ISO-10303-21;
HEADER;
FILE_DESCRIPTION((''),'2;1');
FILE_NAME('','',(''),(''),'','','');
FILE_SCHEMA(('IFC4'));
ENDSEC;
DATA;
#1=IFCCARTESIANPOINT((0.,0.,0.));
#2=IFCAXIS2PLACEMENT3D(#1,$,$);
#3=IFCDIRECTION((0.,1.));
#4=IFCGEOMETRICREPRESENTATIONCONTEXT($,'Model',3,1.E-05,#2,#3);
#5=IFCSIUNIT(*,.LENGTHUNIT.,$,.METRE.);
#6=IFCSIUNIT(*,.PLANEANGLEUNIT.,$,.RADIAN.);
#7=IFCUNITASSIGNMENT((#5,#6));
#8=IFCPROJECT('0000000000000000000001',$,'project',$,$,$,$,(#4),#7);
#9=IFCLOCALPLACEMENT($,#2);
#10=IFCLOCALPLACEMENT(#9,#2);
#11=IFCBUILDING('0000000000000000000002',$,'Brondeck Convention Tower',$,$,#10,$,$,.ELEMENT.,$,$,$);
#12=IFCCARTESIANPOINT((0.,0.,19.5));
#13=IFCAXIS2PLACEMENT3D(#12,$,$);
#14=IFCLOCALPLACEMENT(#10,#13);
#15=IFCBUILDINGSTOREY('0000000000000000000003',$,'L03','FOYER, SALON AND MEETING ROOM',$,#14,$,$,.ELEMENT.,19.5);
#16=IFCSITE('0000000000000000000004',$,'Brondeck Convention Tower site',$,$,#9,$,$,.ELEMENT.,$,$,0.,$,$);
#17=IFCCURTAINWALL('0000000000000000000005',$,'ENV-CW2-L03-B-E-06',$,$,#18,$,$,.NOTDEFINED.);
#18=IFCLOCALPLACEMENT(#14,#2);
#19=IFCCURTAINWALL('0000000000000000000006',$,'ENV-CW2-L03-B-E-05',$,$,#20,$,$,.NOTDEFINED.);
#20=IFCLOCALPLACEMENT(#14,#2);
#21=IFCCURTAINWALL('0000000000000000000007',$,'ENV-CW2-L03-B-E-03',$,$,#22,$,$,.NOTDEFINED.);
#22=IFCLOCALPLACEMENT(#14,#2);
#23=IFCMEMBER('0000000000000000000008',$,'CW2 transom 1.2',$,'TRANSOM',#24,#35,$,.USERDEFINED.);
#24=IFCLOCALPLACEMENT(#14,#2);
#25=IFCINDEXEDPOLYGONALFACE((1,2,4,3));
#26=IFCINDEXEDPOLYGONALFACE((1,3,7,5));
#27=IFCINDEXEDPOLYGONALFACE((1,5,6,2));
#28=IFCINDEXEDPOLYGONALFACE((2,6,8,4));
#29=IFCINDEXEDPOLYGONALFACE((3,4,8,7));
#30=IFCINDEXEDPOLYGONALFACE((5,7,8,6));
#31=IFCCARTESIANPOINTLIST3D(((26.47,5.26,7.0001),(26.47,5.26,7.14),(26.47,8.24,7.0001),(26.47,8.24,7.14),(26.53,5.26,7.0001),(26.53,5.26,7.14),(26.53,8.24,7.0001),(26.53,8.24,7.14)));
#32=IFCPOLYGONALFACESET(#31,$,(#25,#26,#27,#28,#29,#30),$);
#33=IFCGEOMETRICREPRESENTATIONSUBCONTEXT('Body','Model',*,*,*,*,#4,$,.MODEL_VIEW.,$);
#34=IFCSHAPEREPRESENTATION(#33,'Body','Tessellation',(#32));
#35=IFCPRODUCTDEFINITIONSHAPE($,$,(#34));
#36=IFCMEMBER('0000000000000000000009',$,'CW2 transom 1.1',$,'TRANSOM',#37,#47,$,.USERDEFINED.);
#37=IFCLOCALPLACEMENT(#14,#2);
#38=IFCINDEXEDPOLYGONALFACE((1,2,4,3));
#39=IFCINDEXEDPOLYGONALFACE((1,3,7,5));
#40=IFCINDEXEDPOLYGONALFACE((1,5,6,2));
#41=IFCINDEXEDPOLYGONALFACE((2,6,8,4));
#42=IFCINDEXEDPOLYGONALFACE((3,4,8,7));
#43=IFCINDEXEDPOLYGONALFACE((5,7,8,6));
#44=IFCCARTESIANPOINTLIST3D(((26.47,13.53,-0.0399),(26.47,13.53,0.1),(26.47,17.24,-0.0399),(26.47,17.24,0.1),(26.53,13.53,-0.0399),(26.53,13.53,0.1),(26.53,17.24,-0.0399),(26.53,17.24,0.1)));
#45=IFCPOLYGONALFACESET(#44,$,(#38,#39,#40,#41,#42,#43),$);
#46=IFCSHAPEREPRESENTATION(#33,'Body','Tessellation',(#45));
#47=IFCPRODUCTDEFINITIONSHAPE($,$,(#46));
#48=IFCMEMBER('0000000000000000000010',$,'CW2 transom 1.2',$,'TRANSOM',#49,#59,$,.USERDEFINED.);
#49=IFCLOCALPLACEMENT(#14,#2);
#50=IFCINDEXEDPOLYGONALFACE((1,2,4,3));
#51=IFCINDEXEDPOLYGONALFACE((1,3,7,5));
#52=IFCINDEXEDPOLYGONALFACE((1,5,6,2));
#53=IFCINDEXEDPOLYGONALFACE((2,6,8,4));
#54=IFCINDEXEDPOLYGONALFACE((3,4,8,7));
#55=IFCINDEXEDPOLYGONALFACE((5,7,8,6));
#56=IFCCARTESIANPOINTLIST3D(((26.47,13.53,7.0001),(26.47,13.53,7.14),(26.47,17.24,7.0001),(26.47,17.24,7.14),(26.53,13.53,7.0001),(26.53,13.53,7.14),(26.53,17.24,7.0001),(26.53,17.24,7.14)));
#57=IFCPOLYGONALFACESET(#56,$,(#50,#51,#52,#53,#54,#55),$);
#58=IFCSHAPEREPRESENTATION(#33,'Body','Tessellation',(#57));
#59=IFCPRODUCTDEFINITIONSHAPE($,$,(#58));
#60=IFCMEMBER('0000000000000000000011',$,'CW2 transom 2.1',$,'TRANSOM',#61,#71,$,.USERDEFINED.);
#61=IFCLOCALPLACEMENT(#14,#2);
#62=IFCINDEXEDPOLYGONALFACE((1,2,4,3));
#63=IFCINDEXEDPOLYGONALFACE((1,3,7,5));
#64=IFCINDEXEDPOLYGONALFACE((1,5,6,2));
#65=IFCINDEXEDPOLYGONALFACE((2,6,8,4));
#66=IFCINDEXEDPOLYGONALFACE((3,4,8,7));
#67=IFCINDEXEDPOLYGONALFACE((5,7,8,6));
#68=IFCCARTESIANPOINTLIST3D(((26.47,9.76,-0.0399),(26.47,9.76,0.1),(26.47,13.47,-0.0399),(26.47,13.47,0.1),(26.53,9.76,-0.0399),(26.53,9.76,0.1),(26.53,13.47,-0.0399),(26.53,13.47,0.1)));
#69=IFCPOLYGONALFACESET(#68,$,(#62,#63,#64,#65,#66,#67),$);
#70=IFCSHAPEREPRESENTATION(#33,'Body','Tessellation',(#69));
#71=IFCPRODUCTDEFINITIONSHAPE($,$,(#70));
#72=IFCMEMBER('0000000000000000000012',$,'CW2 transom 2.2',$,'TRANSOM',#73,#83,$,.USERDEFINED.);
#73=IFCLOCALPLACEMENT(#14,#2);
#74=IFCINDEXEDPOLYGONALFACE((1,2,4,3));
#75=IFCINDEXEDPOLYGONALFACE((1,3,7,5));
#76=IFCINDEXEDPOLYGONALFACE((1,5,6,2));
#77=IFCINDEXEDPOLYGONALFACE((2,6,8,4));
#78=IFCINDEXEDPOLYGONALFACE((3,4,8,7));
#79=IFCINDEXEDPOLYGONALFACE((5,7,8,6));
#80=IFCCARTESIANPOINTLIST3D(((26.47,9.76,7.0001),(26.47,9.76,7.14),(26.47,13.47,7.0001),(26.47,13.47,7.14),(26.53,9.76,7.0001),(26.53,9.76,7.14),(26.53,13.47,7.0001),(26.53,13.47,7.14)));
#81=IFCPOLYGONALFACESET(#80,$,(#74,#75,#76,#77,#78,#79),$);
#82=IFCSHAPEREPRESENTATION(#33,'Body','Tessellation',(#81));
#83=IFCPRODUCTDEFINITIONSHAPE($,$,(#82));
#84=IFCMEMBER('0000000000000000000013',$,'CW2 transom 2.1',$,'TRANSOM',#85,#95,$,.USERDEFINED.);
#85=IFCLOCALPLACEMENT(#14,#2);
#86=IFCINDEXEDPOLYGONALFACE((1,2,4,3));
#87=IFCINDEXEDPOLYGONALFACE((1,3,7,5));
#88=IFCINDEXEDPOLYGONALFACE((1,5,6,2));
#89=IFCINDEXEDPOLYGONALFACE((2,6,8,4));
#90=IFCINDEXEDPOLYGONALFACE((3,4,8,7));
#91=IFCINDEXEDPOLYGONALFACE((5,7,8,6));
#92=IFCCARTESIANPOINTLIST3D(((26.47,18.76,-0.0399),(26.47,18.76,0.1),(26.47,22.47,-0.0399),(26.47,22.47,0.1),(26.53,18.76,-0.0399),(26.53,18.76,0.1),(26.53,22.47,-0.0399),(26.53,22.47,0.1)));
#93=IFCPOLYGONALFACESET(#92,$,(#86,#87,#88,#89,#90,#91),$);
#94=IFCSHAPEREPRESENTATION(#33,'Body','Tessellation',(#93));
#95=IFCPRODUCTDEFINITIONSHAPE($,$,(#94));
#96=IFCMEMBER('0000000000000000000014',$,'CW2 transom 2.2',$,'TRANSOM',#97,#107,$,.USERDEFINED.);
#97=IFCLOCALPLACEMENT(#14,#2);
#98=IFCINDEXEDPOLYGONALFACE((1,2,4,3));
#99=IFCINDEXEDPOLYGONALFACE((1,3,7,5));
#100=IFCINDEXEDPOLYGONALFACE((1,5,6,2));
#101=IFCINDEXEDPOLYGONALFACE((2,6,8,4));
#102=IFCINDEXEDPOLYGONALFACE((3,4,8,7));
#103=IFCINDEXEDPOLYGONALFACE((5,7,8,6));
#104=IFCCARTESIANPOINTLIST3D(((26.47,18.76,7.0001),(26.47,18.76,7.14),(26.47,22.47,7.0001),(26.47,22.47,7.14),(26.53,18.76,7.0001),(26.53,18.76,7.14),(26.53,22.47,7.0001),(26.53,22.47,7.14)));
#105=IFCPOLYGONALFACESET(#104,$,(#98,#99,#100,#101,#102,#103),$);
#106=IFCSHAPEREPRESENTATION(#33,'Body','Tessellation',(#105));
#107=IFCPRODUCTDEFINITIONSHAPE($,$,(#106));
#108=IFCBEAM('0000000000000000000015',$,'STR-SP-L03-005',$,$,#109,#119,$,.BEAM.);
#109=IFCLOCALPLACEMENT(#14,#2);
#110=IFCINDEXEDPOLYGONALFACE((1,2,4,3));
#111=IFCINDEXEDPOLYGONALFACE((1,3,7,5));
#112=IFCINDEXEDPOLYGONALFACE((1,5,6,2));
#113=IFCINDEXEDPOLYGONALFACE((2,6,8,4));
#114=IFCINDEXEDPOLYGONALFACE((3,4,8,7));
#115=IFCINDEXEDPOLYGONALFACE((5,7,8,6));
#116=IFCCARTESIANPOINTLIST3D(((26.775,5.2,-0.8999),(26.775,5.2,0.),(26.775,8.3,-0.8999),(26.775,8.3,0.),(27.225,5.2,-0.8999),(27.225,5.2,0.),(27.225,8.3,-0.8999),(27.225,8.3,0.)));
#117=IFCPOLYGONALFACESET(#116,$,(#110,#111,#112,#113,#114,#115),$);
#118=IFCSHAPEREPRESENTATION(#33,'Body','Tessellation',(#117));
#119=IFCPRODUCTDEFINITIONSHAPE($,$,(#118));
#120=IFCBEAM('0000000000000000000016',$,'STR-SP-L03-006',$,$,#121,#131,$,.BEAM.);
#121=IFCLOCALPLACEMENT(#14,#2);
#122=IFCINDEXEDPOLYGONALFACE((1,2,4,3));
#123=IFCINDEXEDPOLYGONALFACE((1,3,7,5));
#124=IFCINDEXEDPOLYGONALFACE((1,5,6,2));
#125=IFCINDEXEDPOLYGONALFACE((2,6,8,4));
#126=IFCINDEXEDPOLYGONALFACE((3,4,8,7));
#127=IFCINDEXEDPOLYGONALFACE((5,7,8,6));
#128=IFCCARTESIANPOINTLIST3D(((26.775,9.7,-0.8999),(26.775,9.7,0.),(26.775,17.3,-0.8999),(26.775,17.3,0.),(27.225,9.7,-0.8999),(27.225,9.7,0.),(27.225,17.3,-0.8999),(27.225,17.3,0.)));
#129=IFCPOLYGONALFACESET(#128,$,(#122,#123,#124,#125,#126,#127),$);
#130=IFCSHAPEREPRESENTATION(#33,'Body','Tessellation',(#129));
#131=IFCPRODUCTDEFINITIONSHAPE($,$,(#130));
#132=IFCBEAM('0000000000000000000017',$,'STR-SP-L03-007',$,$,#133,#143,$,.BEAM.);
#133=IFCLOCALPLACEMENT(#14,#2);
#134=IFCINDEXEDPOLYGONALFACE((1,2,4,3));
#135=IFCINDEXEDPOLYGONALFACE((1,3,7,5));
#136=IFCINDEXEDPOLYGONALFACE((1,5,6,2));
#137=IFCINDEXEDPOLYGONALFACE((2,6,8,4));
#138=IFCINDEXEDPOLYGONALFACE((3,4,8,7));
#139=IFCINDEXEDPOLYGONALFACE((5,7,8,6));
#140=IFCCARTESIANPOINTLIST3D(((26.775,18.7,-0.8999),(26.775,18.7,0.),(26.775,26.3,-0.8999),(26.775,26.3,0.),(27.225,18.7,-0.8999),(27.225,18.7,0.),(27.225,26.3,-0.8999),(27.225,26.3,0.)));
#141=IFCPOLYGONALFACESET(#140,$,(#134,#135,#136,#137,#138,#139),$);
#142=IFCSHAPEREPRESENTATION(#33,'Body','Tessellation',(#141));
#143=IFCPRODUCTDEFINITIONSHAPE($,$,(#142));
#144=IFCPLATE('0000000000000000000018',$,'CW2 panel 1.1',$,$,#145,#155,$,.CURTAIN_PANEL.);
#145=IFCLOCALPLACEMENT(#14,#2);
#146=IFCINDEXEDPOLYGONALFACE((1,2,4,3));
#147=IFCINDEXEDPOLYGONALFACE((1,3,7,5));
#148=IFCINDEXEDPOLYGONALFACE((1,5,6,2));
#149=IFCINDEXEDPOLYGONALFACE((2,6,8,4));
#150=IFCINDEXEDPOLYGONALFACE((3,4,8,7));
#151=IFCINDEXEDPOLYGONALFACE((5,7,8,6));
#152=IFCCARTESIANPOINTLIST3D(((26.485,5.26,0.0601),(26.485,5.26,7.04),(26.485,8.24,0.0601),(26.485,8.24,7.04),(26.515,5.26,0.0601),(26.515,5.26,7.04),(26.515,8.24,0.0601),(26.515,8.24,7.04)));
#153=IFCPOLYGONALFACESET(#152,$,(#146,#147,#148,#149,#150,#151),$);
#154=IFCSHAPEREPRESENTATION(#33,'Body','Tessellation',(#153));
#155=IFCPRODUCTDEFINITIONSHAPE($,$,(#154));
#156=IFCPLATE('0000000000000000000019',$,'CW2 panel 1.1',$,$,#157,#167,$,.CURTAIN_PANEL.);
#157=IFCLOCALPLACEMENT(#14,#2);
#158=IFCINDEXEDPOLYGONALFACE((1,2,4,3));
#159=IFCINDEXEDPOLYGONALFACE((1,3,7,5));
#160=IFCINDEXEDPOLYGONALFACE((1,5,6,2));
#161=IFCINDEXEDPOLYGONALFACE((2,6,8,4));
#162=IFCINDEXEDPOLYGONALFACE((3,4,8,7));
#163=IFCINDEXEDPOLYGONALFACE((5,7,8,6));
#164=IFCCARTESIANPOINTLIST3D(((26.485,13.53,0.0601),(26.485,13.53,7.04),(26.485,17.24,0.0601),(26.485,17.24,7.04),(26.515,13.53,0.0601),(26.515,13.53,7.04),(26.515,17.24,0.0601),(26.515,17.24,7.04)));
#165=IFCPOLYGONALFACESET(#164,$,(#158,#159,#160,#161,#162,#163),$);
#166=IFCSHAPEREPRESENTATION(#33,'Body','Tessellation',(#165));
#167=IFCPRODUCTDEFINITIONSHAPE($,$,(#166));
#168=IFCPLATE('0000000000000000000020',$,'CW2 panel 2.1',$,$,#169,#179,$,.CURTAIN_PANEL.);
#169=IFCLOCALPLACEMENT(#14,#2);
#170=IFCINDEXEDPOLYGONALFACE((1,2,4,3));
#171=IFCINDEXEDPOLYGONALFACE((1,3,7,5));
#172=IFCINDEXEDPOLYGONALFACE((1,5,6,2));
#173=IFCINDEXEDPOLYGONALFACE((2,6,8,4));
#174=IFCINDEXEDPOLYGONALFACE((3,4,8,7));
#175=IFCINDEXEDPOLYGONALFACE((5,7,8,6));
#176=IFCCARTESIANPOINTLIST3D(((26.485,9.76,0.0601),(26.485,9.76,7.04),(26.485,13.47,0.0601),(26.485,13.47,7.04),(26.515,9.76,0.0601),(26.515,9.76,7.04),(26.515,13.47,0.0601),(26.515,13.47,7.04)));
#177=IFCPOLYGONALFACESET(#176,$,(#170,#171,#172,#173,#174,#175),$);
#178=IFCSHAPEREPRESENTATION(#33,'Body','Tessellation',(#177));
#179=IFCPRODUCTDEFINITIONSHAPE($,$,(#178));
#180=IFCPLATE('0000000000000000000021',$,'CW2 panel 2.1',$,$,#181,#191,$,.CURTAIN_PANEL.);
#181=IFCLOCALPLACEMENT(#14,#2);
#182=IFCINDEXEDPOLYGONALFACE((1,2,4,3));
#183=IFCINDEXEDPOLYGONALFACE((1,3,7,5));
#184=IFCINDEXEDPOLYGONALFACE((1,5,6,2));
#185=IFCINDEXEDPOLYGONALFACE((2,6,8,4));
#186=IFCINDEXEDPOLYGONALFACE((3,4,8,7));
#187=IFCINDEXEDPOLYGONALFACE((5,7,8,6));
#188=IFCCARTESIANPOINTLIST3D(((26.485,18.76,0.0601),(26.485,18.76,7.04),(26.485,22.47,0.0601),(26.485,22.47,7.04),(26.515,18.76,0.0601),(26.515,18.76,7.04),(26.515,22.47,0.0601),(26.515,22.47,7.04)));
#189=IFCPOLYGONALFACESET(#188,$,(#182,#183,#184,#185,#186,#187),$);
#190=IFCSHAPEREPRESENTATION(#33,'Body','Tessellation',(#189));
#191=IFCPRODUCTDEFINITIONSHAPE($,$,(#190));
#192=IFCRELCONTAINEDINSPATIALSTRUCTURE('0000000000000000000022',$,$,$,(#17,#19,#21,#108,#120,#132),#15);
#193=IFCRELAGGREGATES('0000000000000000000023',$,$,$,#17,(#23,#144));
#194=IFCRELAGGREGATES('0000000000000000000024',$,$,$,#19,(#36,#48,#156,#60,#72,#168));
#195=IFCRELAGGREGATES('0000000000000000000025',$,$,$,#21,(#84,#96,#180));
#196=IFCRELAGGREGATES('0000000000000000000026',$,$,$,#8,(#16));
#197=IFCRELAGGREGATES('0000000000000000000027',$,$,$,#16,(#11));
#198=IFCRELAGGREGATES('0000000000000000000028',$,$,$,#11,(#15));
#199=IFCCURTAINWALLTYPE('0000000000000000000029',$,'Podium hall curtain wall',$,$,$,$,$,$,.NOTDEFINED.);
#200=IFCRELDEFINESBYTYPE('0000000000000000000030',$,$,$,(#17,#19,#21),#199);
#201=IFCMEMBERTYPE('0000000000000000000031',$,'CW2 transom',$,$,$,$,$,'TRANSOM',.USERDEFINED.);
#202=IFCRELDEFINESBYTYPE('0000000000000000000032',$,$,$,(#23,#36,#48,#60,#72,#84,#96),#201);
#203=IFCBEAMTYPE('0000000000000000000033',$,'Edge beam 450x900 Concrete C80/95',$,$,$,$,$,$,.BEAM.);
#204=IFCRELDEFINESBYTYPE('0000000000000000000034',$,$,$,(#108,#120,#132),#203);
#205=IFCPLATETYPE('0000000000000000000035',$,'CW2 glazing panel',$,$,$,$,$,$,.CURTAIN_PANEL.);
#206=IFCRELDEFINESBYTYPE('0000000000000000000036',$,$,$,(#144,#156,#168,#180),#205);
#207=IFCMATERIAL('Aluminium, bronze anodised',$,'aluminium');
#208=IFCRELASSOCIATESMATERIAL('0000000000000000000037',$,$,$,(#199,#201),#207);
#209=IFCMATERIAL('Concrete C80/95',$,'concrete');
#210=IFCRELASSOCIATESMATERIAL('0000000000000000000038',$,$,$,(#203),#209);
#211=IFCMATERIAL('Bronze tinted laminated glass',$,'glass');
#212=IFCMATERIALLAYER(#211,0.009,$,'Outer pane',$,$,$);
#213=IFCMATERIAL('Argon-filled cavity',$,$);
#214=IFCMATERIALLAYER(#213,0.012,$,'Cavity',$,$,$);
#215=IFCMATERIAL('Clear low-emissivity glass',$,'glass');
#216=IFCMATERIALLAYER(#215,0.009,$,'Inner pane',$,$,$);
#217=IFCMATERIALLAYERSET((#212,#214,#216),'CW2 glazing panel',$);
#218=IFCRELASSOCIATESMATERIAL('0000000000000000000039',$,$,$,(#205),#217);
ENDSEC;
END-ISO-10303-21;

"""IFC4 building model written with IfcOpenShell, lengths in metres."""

from ifc_helpers import new_model, si_unit, direction, frame, origin, origin_2d, place, context, subcontext, project, spatial, rectangle, extrude, material, layer, layer_set, material_profile, profile_set, type_object, element, aggregate, save


model = new_model("IFC4")

# Units and contexts
model_context = context("Model", 3, precision=1e-05, world=origin(), true_north=direction((0.0, 1.0)))
body_context = subcontext(model_context, "Body", "Model", "MODEL_VIEW")
ifc_project = project(units=[si_unit("LENGTHUNIT", "METRE"), si_unit("PLANEANGLEUNIT", "RADIAN")], contexts=[model_context])

# Site, building, storey
site_placement = place(None, origin())
site = spatial("IfcSite", under=ifc_project, at=site_placement, Name="Brondeck Convention Tower site", CompositionType="ELEMENT", RefElevation=0.0)
building_placement = place(site_placement, origin())
building = spatial("IfcBuilding", under=site, at=building_placement, Name="Brondeck Convention Tower", CompositionType="ELEMENT")
storey_placement = place(building_placement, frame((0.0, 0.0, 19.5)))
storey = spatial("IfcBuildingStorey", under=building, at=storey_placement, Name="L03", Description="FOYER, SALON AND MEETING ROOM", CompositionType="ELEMENT", Elevation=19.5)

# Shared definitions
ifc_material_1 = material(Name="Concrete C80/95", Category="concrete")

# Curtain walls
ifc_material_2 = material(Name="Aluminium, bronze anodised", Category="aluminium")
curtain_wall_type = type_object("IfcCurtainWallType", Name="Podium hall curtain wall", PredefinedType="NOTDEFINED", material=ifc_material_2)
curtain_wall_1_placement = place(storey_placement, origin())
curtain_wall_1 = element("IfcCurtainWall", 1, at=curtain_wall_1_placement, inside=storey, type_object=curtain_wall_type, Name="ENV-CW2-L03-B-E-06", PredefinedType="NOTDEFINED")
curtain_wall_2_placement = place(storey_placement, origin())
curtain_wall_2 = element("IfcCurtainWall", 2, at=curtain_wall_2_placement, inside=storey, type_object=curtain_wall_type, Name="ENV-CW2-L03-B-E-05", PredefinedType="NOTDEFINED")
curtain_wall_3_placement = place(storey_placement, origin())
curtain_wall_3 = element("IfcCurtainWall", 3, at=curtain_wall_3_placement, inside=storey, type_object=curtain_wall_type, Name="ENV-CW2-L03-B-E-03", PredefinedType="NOTDEFINED")

# Members
ifc_material_profile_1 = material_profile(ifc_material_2, rectangle(XDim=0.0601, YDim=0.1399, at=origin_2d()), Name="CW2 transom")
ifc_profile_set_1 = profile_set([ifc_material_profile_1], Name="Aluminium, bronze anodised")
member_type_1 = type_object("IfcMemberType", Name="CW2 transom", ElementType="TRANSOM", PredefinedType="USERDEFINED", material=ifc_profile_set_1)
member_1_placement = place(storey_placement, frame((26.5, 8.24, 7.0701), z_axis=(0.0, -1.0, 0.0), x_axis=(1.0, 0.0, 0.0)))
member_1 = element("IfcMember", 4, at=member_1_placement, type_object=member_type_1, Name="CW2 transom 1.2", ObjectType="TRANSOM", PredefinedType="USERDEFINED", context=body_context, shape_type="SweptSolid", body=[
    extrude(rectangle(XDim=0.0601, YDim=0.1399, at=origin_2d()), origin(), (0.0, 0.0, 1.0), 2.98),
])
member_2_placement = place(storey_placement, frame((26.5, 17.24, 0.03), z_axis=(0.0, -1.0, 0.0), x_axis=(1.0, 0.0, 0.0)))
member_2 = element("IfcMember", 5, at=member_2_placement, type_object=member_type_1, Name="CW2 transom 1.1", ObjectType="TRANSOM", PredefinedType="USERDEFINED", context=body_context, shape_type="SweptSolid", body=[
    extrude(rectangle(XDim=0.0601, YDim=0.1399, at=origin_2d()), origin(), (0.0, 0.0, 1.0), 3.71),
])
member_3_placement = place(storey_placement, frame((26.5, 17.24, 7.0701), z_axis=(0.0, -1.0, 0.0), x_axis=(1.0, 0.0, 0.0)))
member_3 = element("IfcMember", 6, at=member_3_placement, type_object=member_type_1, Name="CW2 transom 1.2", ObjectType="TRANSOM", PredefinedType="USERDEFINED", context=body_context, shape_type="SweptSolid", body=[
    extrude(rectangle(XDim=0.0601, YDim=0.1399, at=origin_2d()), origin(), (0.0, 0.0, 1.0), 3.71),
])
member_4_placement = place(storey_placement, frame((26.5, 13.47, 0.03), z_axis=(0.0, -1.0, 0.0), x_axis=(1.0, 0.0, 0.0)))
member_4 = element("IfcMember", 7, at=member_4_placement, type_object=member_type_1, Name="CW2 transom 2.1", ObjectType="TRANSOM", PredefinedType="USERDEFINED", context=body_context, shape_type="SweptSolid", body=[
    extrude(rectangle(XDim=0.0601, YDim=0.1399, at=origin_2d()), origin(), (0.0, 0.0, 1.0), 3.71),
])
member_5_placement = place(storey_placement, frame((26.5, 13.47, 7.0701), z_axis=(0.0, -1.0, 0.0), x_axis=(1.0, 0.0, 0.0)))
member_5 = element("IfcMember", 8, at=member_5_placement, type_object=member_type_1, Name="CW2 transom 2.2", ObjectType="TRANSOM", PredefinedType="USERDEFINED", context=body_context, shape_type="SweptSolid", body=[
    extrude(rectangle(XDim=0.0601, YDim=0.1399, at=origin_2d()), origin(), (0.0, 0.0, 1.0), 3.71),
])
member_6_placement = place(storey_placement, frame((26.5, 22.47, 0.03), z_axis=(0.0, -1.0, 0.0), x_axis=(1.0, 0.0, 0.0)))
member_6 = element("IfcMember", 9, at=member_6_placement, type_object=member_type_1, Name="CW2 transom 2.1", ObjectType="TRANSOM", PredefinedType="USERDEFINED", context=body_context, shape_type="SweptSolid", body=[
    extrude(rectangle(XDim=0.0601, YDim=0.1399, at=origin_2d()), origin(), (0.0, 0.0, 1.0), 3.71),
])
member_7_placement = place(storey_placement, frame((26.5, 22.47, 7.0701), z_axis=(0.0, -1.0, 0.0), x_axis=(1.0, 0.0, 0.0)))
member_7 = element("IfcMember", 10, at=member_7_placement, type_object=member_type_1, Name="CW2 transom 2.2", ObjectType="TRANSOM", PredefinedType="USERDEFINED", context=body_context, shape_type="SweptSolid", body=[
    extrude(rectangle(XDim=0.0601, YDim=0.1399, at=origin_2d()), origin(), (0.0, 0.0, 1.0), 3.71),
])

# Beams
ifc_material_profile_2 = material_profile(ifc_material_1, rectangle(XDim=0.45, YDim=0.8999, at=origin_2d()), Name="Edge beam 450x900 Concrete C80/95")
ifc_profile_set_2 = profile_set([ifc_material_profile_2], Name="Concrete C80/95")
beam_type = type_object("IfcBeamType", Name="Edge beam 450x900 Concrete C80/95", PredefinedType="BEAM", material=ifc_profile_set_2)
beam_placement = place(storey_placement, frame((27.0, 5.2, -0.45), z_axis=(0.0, 1.0, 0.0), x_axis=(-1.0, 0.0, 0.0)))
element("IfcBeam", 11, at=beam_placement, inside=storey, type_object=beam_type, Name="STR-SP-L03-005", PredefinedType="BEAM", context=body_context, shape_type="SweptSolid", body=[
    extrude(rectangle(XDim=0.45, YDim=0.8999, at=origin_2d()), origin(), (0.0, 0.0, 1.0), 3.1001),
])
for number, where, z_axis, x_axis, name in (
    (12, (27.0, 9.7, -0.45), (0.0, 1.0, 0.0), (-1.0, 0.0, 0.0), "STR-SP-L03-006"),
    (13, (27.0, 18.7, -0.45), (0.0, 1.0, 0.0), (-1.0, 0.0, 0.0), "STR-SP-L03-007"),
):
    element("IfcBeam", number, at=place(storey_placement, frame(where, z_axis=z_axis, x_axis=x_axis)), inside=storey, type_object=beam_type, Name=name, PredefinedType="BEAM", context=body_context, shape_type="SweptSolid", body=[
        extrude(rectangle(XDim=0.45, YDim=0.8999, at=origin_2d()), origin(), (0.0, 0.0, 1.0), 7.6001),
    ])

# Plates
ifc_material_3 = material(Name="Bronze tinted laminated glass", Category="glass")
ifc_layer_1 = layer(ifc_material_3, 0.009, Name="Outer pane")
ifc_material_4 = material(Name="Argon-filled cavity")
ifc_layer_2 = layer(ifc_material_4, 0.012, Name="Cavity")
ifc_material_5 = material(Name="Clear low-emissivity glass", Category="glass")
ifc_layer_3 = layer(ifc_material_5, 0.009, Name="Inner pane")
ifc_layer_set_1 = layer_set([ifc_layer_1, ifc_layer_2, ifc_layer_3], Name="CW2 glazing panel")
plate_type = type_object("IfcPlateType", Name="CW2 glazing panel", PredefinedType="CURTAIN_PANEL", material=ifc_layer_set_1)
plate_1_placement = place(storey_placement, frame((26.5, 6.75, 0.0601), z_axis=(0.0, 0.0, 1.0), x_axis=(0.0, -1.0, 0.0)))
plate_1 = element("IfcPlate", 14, at=plate_1_placement, type_object=plate_type, Name="CW2 panel 1.1", PredefinedType="CURTAIN_PANEL", context=body_context, shape_type="SweptSolid", body=[
    extrude(rectangle(XDim=2.98, YDim=0.03, at=origin_2d()), origin(), (0.0, 0.0, 1.0), 6.98),
])
aggregate(curtain_wall_1, [member_1, plate_1])
plate_2_placement = place(storey_placement, frame((26.5, 15.385, 0.0601), z_axis=(0.0, 0.0, 1.0), x_axis=(0.0, -1.0, 0.0)))
plate_2 = element("IfcPlate", 15, at=plate_2_placement, type_object=plate_type, Name="CW2 panel 1.1", PredefinedType="CURTAIN_PANEL", context=body_context, shape_type="SweptSolid", body=[
    extrude(rectangle(XDim=3.71, YDim=0.03, at=origin_2d()), origin(), (0.0, 0.0, 1.0), 6.98),
])
plate_3_placement = place(storey_placement, frame((26.5, 11.615, 0.0601), z_axis=(0.0, 0.0, 1.0), x_axis=(0.0, -1.0, 0.0)))
plate_3 = element("IfcPlate", 16, at=plate_3_placement, type_object=plate_type, Name="CW2 panel 2.1", PredefinedType="CURTAIN_PANEL", context=body_context, shape_type="SweptSolid", body=[
    extrude(rectangle(XDim=3.71, YDim=0.03, at=origin_2d()), origin(), (0.0, 0.0, 1.0), 6.98),
])
aggregate(curtain_wall_2, [member_2, member_3, plate_2, member_4, member_5, plate_3])
plate_4_placement = place(storey_placement, frame((26.5, 20.615, 0.0601), z_axis=(0.0, 0.0, 1.0), x_axis=(0.0, -1.0, 0.0)))
plate_4 = element("IfcPlate", 17, at=plate_4_placement, type_object=plate_type, Name="CW2 panel 2.1", PredefinedType="CURTAIN_PANEL", context=body_context, shape_type="SweptSolid", body=[
    extrude(rectangle(XDim=3.71, YDim=0.03, at=origin_2d()), origin(), (0.0, 0.0, 1.0), 6.98),
])
aggregate(curtain_wall_3, [member_6, member_7, plate_4])

save(model, "model.ifc")
